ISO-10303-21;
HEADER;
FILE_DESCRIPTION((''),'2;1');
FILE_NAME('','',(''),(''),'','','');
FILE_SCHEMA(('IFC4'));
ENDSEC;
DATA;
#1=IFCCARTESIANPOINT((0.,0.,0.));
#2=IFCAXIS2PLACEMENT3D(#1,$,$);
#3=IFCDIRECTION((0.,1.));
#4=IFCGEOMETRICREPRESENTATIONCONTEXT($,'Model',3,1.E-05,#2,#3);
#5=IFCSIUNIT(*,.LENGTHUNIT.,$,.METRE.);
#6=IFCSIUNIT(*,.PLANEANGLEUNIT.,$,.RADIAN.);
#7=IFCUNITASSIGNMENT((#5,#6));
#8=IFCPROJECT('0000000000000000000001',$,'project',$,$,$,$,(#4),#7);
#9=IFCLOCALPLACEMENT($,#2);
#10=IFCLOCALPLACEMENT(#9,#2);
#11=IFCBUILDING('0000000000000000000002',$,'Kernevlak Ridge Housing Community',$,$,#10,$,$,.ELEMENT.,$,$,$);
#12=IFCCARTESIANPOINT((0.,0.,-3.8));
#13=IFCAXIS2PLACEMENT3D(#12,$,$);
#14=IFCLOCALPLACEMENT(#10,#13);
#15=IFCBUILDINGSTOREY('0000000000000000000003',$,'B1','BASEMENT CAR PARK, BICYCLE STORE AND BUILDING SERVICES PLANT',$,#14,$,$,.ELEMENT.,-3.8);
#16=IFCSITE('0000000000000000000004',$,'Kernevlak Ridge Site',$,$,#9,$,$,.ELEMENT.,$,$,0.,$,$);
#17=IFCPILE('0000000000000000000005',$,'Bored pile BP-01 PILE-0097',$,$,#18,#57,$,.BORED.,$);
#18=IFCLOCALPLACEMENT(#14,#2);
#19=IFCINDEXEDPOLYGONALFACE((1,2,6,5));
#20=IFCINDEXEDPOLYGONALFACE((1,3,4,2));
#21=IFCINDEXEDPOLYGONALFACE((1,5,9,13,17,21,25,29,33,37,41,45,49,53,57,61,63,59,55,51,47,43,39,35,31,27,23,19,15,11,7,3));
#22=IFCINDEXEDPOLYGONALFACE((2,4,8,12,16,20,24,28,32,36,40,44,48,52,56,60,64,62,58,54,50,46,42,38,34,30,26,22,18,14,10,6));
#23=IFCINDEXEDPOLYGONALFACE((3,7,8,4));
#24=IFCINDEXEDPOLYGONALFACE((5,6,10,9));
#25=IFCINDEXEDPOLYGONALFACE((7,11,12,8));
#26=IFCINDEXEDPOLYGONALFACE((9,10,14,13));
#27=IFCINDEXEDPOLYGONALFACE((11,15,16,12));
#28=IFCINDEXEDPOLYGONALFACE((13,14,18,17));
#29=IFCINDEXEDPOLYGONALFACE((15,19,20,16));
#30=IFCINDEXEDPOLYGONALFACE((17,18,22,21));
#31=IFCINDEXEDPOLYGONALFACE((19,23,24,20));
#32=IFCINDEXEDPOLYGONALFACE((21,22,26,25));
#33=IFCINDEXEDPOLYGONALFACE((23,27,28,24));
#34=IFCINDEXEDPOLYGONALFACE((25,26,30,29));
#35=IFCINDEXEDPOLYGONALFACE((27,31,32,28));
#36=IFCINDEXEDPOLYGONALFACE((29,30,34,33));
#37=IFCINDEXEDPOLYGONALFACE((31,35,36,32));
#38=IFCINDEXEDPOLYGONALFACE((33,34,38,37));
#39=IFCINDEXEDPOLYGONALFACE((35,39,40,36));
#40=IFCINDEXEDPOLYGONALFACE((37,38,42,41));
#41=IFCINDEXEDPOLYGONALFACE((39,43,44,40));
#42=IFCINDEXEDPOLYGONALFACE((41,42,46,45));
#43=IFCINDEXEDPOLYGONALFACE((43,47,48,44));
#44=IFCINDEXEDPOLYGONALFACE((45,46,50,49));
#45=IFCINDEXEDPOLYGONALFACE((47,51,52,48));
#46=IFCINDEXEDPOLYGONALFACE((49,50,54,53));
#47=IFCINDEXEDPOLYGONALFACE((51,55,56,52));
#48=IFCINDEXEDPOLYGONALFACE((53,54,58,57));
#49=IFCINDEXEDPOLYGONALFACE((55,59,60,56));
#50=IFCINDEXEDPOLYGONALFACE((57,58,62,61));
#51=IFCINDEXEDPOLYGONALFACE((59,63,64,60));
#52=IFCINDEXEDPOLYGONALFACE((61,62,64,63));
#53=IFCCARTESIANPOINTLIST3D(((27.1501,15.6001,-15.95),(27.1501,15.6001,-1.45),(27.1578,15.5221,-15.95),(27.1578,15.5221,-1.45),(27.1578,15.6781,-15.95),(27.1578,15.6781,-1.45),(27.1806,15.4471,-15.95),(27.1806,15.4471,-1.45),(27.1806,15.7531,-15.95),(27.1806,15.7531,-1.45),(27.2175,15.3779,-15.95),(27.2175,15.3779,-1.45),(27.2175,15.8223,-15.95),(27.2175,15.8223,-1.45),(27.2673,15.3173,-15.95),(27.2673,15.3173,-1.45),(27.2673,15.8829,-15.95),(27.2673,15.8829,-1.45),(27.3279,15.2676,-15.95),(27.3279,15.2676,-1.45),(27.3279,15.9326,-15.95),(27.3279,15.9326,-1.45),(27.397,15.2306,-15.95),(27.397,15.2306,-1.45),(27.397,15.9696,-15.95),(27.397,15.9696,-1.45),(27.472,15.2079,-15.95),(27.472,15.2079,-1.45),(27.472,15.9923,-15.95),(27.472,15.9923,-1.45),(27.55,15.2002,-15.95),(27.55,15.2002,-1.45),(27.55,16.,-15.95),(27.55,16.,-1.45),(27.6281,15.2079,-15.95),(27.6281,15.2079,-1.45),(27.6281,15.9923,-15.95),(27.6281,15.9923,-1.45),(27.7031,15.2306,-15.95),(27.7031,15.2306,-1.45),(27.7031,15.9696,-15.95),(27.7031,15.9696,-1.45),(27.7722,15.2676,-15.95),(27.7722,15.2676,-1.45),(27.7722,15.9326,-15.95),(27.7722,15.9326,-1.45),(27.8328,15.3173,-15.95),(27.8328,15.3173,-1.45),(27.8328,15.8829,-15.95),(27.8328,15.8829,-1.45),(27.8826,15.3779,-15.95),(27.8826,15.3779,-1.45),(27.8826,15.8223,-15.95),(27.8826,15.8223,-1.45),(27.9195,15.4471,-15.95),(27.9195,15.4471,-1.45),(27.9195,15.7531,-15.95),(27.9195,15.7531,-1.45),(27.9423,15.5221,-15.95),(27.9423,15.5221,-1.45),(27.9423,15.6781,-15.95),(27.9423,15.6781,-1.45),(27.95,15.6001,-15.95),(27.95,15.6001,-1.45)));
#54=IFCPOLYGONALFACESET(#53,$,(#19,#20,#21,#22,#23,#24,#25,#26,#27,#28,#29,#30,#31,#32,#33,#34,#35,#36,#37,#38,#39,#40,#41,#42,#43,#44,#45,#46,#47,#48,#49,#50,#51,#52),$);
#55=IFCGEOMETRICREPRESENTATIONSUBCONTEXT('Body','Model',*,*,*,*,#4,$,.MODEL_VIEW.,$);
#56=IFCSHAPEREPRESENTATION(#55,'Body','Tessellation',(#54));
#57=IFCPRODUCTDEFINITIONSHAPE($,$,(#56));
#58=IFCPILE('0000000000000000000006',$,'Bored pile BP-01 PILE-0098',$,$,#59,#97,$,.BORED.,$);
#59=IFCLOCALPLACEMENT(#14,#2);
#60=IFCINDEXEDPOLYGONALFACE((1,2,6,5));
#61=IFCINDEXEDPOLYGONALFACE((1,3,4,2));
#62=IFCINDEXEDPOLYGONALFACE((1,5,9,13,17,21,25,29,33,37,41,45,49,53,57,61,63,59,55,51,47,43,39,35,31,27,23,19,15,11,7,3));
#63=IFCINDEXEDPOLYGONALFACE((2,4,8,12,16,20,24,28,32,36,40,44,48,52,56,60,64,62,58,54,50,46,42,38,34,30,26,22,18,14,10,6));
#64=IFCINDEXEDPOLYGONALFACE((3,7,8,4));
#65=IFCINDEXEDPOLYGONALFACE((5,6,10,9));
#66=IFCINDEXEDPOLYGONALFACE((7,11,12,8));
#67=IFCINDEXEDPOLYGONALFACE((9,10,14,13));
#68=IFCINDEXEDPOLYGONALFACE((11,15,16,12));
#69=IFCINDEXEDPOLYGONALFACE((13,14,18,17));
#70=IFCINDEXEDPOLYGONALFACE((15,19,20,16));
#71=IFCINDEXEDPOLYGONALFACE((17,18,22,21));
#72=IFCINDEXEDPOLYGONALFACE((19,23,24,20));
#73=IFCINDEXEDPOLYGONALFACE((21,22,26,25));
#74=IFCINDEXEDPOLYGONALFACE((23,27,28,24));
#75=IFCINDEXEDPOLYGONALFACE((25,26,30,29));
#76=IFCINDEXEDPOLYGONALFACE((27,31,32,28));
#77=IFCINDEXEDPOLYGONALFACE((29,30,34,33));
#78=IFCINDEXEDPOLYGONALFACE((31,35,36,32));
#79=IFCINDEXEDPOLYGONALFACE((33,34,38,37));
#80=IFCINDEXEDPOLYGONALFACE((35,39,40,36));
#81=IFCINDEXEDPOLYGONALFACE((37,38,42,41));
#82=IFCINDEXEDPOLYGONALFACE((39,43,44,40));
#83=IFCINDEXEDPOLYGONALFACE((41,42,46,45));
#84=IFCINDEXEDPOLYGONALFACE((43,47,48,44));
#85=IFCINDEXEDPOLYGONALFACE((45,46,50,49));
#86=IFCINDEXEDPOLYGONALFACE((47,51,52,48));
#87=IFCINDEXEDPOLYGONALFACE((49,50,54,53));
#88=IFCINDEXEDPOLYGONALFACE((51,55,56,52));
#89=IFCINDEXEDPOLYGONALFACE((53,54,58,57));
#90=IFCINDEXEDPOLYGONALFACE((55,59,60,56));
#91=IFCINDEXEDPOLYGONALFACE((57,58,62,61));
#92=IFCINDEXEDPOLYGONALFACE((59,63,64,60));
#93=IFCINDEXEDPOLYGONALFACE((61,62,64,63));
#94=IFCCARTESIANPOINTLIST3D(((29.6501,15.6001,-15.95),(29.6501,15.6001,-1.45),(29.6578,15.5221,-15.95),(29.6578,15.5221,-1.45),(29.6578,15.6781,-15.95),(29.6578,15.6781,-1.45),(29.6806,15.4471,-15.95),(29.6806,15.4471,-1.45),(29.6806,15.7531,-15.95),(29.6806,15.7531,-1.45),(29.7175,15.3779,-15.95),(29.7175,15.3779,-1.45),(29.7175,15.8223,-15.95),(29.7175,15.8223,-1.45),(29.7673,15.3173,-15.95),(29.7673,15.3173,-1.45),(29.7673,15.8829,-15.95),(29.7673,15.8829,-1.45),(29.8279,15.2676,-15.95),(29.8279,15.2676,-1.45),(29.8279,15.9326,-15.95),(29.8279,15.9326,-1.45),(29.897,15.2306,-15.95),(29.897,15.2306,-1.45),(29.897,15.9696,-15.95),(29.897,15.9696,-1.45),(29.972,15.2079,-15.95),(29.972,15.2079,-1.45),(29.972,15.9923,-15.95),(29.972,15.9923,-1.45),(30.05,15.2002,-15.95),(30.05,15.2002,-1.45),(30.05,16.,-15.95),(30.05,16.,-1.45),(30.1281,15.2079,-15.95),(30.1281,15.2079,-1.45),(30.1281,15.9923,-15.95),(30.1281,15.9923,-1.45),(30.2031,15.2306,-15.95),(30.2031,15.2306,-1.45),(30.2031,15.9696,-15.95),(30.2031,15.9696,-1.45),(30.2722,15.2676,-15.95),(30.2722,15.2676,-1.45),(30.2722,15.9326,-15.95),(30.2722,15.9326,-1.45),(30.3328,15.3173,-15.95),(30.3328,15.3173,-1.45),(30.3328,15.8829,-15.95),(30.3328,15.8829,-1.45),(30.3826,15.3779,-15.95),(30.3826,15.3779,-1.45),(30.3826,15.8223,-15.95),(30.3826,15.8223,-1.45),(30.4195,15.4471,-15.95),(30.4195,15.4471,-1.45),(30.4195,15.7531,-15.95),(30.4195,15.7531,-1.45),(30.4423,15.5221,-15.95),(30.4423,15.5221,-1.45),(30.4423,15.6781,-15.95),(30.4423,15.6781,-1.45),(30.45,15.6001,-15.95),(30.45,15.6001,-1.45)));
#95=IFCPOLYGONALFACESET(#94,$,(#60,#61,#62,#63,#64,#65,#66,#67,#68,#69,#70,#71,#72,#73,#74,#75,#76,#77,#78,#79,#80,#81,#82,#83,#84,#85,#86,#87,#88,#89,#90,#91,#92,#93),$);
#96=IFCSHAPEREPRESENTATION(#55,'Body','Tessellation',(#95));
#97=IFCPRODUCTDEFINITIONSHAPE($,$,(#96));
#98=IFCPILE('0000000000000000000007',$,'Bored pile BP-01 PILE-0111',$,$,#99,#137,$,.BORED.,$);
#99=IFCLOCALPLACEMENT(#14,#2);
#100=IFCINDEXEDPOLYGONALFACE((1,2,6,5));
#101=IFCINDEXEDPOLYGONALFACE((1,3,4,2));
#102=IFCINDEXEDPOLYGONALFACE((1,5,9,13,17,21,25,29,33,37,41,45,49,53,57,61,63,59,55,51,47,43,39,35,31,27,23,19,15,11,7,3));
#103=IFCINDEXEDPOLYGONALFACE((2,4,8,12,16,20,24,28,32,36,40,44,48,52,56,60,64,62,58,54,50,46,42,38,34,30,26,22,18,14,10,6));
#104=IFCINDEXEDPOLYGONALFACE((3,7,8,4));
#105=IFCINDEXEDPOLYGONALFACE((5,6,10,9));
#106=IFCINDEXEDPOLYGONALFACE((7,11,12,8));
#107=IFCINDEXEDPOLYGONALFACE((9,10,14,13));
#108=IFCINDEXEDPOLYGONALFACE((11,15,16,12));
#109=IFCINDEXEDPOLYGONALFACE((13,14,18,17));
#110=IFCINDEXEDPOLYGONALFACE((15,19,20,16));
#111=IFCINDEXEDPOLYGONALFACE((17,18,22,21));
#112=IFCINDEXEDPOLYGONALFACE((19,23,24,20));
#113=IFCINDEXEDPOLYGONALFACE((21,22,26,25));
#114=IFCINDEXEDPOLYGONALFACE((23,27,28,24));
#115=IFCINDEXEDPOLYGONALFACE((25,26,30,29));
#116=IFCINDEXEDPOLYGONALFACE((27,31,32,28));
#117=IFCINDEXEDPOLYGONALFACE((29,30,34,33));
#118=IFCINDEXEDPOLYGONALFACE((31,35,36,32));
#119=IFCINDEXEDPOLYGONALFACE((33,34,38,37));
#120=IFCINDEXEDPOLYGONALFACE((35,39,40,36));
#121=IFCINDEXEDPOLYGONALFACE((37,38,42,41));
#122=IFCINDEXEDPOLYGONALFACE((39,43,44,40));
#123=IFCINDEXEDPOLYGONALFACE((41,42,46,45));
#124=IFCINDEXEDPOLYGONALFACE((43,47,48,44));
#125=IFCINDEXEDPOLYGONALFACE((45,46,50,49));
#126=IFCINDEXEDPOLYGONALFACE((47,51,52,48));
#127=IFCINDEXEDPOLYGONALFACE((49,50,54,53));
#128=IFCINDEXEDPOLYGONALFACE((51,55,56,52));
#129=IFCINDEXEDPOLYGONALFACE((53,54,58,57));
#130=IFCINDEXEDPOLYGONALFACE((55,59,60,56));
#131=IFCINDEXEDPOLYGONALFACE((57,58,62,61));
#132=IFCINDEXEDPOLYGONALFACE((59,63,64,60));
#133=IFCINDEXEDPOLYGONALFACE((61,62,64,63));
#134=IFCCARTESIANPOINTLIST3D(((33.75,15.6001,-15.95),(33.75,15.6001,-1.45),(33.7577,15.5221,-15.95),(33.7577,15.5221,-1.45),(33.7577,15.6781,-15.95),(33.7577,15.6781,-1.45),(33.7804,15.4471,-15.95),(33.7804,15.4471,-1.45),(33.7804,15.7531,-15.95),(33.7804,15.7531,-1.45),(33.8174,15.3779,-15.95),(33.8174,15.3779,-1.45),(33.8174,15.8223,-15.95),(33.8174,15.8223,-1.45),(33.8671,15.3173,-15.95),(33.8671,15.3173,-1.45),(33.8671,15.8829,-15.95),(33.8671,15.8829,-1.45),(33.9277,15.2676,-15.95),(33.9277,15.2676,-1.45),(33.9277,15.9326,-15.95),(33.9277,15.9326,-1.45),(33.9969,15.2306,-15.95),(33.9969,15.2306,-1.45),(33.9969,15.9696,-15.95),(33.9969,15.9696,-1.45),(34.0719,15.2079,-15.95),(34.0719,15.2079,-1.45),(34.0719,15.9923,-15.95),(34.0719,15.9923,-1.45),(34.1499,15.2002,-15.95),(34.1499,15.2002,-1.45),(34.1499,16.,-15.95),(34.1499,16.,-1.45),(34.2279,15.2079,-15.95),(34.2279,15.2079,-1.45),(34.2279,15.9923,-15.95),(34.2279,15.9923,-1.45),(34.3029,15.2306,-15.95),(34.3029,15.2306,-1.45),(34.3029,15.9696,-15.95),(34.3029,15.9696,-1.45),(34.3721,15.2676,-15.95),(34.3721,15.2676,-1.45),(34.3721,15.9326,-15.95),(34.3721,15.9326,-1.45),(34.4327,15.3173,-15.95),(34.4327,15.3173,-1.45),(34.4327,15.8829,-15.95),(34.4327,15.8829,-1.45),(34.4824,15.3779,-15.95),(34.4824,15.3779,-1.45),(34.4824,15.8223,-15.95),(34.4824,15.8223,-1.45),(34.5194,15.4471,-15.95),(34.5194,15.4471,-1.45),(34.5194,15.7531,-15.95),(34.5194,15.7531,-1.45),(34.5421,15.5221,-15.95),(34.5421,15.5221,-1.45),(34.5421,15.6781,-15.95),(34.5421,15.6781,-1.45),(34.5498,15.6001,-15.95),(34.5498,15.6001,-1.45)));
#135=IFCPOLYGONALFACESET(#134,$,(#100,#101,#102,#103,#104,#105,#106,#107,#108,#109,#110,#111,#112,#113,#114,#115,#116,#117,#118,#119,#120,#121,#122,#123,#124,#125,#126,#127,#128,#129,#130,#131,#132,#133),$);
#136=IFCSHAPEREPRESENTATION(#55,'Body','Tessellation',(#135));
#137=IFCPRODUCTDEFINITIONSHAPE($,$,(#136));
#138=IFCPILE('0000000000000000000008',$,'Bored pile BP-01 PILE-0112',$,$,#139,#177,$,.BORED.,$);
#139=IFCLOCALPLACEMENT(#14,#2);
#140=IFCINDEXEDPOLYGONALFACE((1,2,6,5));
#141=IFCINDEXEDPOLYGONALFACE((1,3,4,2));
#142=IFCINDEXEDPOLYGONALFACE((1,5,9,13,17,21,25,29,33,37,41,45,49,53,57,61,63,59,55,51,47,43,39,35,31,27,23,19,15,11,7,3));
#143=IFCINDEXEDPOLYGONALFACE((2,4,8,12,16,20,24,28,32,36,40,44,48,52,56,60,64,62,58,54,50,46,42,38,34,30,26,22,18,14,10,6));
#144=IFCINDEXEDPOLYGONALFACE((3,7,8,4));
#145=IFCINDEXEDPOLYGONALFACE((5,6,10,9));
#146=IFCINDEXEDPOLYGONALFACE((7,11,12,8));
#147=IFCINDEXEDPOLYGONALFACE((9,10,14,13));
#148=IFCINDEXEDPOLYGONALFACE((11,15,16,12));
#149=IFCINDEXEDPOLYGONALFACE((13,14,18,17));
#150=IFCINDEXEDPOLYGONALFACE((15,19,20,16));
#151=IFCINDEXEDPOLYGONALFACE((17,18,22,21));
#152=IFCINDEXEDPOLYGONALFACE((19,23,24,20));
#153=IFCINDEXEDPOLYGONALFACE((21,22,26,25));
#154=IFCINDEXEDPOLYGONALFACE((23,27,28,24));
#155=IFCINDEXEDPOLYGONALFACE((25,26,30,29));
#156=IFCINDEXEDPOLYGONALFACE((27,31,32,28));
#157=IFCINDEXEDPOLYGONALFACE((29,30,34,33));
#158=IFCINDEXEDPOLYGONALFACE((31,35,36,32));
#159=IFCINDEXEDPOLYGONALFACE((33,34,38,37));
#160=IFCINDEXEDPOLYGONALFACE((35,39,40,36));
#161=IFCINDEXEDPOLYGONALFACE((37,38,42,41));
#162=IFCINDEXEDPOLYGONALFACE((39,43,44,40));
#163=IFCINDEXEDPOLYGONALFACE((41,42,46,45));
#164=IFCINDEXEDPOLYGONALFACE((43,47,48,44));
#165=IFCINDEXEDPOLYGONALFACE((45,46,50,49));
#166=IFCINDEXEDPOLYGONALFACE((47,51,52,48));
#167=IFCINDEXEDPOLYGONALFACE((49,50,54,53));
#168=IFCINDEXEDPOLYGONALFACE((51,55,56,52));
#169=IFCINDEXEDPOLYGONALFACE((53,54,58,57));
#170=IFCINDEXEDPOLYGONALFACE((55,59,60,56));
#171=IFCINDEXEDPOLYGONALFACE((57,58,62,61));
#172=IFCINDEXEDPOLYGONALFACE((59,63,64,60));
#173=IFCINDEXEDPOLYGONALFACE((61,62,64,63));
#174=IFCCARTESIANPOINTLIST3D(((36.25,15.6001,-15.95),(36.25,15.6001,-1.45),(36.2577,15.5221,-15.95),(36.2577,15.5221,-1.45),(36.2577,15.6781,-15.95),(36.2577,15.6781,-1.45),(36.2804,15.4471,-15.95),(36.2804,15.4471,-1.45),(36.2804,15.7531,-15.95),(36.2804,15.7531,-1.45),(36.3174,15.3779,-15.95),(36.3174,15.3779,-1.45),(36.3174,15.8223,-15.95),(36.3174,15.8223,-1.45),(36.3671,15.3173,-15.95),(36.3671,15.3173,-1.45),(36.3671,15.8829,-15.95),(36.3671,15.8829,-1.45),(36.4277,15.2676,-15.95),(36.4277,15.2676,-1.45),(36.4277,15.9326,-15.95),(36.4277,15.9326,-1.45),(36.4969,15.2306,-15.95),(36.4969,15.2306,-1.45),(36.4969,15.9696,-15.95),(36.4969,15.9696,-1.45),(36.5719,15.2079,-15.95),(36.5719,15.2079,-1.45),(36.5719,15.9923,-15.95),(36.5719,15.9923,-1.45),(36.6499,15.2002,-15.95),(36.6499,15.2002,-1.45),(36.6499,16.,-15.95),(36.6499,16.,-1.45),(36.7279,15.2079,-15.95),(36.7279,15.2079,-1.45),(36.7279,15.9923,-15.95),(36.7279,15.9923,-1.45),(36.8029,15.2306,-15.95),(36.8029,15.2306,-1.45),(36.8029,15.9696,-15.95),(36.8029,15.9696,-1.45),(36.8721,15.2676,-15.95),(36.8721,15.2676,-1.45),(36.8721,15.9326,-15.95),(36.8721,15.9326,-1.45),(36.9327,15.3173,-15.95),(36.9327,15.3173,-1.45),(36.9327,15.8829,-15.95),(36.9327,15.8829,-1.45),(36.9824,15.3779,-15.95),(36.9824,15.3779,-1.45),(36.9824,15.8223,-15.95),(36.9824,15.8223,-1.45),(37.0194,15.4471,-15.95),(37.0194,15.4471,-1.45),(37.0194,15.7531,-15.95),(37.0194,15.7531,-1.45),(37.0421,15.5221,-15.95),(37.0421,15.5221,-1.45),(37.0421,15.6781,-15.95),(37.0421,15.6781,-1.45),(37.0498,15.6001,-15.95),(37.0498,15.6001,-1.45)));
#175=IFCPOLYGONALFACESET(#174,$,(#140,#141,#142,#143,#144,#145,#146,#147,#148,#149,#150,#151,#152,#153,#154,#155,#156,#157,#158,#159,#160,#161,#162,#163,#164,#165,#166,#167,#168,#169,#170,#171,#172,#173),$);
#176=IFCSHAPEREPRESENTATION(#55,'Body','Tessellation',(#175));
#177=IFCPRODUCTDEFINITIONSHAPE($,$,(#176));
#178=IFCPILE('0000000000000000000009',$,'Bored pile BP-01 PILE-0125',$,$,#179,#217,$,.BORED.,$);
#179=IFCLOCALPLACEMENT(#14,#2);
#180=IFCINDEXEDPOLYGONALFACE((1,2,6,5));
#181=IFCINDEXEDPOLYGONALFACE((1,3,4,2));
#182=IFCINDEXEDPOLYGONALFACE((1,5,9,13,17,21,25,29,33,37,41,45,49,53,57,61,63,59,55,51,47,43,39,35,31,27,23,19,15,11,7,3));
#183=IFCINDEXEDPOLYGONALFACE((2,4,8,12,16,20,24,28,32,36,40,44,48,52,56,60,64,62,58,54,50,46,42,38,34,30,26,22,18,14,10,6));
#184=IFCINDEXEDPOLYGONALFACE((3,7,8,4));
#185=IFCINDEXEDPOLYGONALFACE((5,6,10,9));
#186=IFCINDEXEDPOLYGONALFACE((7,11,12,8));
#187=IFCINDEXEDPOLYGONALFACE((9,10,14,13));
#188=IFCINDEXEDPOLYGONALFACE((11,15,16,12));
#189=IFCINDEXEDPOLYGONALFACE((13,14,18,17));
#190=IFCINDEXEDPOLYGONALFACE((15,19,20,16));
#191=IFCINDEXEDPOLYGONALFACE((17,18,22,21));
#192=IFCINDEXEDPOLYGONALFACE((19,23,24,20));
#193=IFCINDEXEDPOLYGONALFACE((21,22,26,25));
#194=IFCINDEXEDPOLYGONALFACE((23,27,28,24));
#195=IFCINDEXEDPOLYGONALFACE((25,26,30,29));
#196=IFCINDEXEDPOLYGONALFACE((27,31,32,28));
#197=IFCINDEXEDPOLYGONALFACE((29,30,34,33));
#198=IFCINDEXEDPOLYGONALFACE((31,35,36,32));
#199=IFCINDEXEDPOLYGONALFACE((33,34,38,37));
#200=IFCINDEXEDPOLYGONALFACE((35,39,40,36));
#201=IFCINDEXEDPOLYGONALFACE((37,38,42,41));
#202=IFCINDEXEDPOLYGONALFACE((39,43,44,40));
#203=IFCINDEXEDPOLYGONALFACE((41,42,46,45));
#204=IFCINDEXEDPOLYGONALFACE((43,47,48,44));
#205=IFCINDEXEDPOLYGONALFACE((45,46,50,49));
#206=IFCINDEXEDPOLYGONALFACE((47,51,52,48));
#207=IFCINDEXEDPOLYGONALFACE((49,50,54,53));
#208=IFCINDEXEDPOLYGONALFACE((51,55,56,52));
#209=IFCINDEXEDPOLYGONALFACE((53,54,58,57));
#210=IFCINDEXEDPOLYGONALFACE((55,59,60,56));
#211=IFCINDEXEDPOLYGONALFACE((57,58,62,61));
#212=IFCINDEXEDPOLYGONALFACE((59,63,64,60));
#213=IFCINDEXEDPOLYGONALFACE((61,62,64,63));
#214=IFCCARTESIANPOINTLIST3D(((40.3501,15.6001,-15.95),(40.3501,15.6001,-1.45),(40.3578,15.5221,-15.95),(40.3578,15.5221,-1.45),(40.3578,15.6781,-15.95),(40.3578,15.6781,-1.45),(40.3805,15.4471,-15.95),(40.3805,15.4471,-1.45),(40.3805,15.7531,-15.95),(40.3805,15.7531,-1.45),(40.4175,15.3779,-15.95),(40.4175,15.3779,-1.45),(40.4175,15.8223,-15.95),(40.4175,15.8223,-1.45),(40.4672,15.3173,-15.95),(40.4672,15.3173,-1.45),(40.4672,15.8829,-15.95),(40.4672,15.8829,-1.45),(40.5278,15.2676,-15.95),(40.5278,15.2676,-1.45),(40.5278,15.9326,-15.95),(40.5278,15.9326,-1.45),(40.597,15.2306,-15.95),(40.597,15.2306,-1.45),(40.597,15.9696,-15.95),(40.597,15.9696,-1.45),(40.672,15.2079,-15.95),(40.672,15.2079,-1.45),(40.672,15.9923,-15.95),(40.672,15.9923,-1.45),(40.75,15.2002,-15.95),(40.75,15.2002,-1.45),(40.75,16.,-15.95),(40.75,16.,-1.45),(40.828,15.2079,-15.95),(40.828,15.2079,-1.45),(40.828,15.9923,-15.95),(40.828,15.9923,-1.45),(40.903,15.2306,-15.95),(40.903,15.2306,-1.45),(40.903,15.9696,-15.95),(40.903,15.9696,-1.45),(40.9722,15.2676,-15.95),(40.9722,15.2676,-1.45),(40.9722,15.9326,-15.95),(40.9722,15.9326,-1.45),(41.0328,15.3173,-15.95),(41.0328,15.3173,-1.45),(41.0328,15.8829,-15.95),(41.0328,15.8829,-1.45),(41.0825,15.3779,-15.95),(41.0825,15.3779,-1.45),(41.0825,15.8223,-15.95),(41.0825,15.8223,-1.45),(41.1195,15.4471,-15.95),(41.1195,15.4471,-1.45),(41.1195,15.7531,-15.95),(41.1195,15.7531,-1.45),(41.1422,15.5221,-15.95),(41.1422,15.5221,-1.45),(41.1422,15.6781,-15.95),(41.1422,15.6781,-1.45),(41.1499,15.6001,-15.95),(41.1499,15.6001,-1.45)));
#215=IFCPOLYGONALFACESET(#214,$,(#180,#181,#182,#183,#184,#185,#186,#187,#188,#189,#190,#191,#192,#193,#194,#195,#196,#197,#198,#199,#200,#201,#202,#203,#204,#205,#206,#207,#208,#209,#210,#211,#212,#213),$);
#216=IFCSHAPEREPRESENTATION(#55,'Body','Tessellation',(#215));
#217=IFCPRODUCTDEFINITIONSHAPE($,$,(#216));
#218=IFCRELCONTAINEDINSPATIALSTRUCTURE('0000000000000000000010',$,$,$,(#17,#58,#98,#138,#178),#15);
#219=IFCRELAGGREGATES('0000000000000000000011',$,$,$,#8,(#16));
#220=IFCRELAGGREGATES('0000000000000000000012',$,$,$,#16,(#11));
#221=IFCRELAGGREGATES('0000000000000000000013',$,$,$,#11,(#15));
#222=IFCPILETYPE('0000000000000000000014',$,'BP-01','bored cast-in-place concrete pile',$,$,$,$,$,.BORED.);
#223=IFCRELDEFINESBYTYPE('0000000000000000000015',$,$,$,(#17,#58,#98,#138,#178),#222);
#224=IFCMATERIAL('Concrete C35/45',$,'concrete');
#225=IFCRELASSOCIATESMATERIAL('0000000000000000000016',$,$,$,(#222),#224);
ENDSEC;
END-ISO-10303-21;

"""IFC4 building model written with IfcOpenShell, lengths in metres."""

from ifc_helpers import new_model, si_unit, direction, frame, origin, origin_2d, place, context, subcontext, project, spatial, circle, extrude, material, material_profile, profile_set, type_object, element, save


model = new_model("IFC4")

# Units and contexts
model_context = context("Model", 3, precision=1e-05, world=origin(), true_north=direction((0.0, 1.0)))
body_context = subcontext(model_context, "Body", "Model", "MODEL_VIEW")
ifc_project = project(units=[si_unit("LENGTHUNIT", "METRE"), si_unit("PLANEANGLEUNIT", "RADIAN")], contexts=[model_context])

# Site, building, storey
site_placement = place(None, origin())
site = spatial("IfcSite", under=ifc_project, at=site_placement, Name="Kernevlak Ridge Site", CompositionType="ELEMENT", RefElevation=0.0)
building_placement = place(site_placement, origin())
building = spatial("IfcBuilding", under=site, at=building_placement, Name="Kernevlak Ridge Housing Community", CompositionType="ELEMENT")
storey_placement = place(building_placement, frame((0.0, 0.0, -3.8)))
storey = spatial("IfcBuildingStorey", under=building, at=storey_placement, Name="B1", Description="BASEMENT CAR PARK, BICYCLE STORE AND BUILDING SERVICES PLANT", CompositionType="ELEMENT", Elevation=-3.8)

# Piles
ifc_material_1 = material(Name="Concrete C35/45", Category="concrete")
ifc_material_profile_1 = material_profile(ifc_material_1, circle(Radius=0.3999, at=origin_2d()), Name="BORED PILE 800")
ifc_profile_set_1 = profile_set([ifc_material_profile_1], Name="Concrete C35/45")
pile_type = type_object("IfcPileType", Name="BP-01", Description="bored cast-in-place concrete pile", PredefinedType="BORED", material=ifc_profile_set_1)
for number, where, z_axis, x_axis, name in (
    (1, (27.55, 15.6001, -1.45), (0.0, 0.0, -1.0), (1.0, 0.0, 0.0), "Bored pile BP-01 PILE-0097"),
    (2, (30.05, 15.6001, -1.45), (0.0, 0.0, -1.0), (1.0, 0.0, 0.0), "Bored pile BP-01 PILE-0098"),
    (3, (34.1499, 15.6001, -1.45), (0.0, 0.0, -1.0), (1.0, 0.0, 0.0), "Bored pile BP-01 PILE-0111"),
    (4, (36.6499, 15.6001, -1.45), (0.0, 0.0, -1.0), (1.0, 0.0, 0.0), "Bored pile BP-01 PILE-0112"),
    (5, (40.75, 15.6001, -1.45), (0.0, 0.0, -1.0), (1.0, 0.0, 0.0), "Bored pile BP-01 PILE-0125"),
):
    element("IfcPile", number, at=place(storey_placement, frame(where, z_axis=z_axis, x_axis=x_axis)), inside=storey, type_object=pile_type, Name=name, PredefinedType="BORED", context=body_context, shape_type="SweptSolid", body=[
        extrude(circle(Radius=0.3999, at=origin_2d()), origin(), (0.0, 0.0, 1.0), 14.5),
    ])

save(model, "model.ifc")
